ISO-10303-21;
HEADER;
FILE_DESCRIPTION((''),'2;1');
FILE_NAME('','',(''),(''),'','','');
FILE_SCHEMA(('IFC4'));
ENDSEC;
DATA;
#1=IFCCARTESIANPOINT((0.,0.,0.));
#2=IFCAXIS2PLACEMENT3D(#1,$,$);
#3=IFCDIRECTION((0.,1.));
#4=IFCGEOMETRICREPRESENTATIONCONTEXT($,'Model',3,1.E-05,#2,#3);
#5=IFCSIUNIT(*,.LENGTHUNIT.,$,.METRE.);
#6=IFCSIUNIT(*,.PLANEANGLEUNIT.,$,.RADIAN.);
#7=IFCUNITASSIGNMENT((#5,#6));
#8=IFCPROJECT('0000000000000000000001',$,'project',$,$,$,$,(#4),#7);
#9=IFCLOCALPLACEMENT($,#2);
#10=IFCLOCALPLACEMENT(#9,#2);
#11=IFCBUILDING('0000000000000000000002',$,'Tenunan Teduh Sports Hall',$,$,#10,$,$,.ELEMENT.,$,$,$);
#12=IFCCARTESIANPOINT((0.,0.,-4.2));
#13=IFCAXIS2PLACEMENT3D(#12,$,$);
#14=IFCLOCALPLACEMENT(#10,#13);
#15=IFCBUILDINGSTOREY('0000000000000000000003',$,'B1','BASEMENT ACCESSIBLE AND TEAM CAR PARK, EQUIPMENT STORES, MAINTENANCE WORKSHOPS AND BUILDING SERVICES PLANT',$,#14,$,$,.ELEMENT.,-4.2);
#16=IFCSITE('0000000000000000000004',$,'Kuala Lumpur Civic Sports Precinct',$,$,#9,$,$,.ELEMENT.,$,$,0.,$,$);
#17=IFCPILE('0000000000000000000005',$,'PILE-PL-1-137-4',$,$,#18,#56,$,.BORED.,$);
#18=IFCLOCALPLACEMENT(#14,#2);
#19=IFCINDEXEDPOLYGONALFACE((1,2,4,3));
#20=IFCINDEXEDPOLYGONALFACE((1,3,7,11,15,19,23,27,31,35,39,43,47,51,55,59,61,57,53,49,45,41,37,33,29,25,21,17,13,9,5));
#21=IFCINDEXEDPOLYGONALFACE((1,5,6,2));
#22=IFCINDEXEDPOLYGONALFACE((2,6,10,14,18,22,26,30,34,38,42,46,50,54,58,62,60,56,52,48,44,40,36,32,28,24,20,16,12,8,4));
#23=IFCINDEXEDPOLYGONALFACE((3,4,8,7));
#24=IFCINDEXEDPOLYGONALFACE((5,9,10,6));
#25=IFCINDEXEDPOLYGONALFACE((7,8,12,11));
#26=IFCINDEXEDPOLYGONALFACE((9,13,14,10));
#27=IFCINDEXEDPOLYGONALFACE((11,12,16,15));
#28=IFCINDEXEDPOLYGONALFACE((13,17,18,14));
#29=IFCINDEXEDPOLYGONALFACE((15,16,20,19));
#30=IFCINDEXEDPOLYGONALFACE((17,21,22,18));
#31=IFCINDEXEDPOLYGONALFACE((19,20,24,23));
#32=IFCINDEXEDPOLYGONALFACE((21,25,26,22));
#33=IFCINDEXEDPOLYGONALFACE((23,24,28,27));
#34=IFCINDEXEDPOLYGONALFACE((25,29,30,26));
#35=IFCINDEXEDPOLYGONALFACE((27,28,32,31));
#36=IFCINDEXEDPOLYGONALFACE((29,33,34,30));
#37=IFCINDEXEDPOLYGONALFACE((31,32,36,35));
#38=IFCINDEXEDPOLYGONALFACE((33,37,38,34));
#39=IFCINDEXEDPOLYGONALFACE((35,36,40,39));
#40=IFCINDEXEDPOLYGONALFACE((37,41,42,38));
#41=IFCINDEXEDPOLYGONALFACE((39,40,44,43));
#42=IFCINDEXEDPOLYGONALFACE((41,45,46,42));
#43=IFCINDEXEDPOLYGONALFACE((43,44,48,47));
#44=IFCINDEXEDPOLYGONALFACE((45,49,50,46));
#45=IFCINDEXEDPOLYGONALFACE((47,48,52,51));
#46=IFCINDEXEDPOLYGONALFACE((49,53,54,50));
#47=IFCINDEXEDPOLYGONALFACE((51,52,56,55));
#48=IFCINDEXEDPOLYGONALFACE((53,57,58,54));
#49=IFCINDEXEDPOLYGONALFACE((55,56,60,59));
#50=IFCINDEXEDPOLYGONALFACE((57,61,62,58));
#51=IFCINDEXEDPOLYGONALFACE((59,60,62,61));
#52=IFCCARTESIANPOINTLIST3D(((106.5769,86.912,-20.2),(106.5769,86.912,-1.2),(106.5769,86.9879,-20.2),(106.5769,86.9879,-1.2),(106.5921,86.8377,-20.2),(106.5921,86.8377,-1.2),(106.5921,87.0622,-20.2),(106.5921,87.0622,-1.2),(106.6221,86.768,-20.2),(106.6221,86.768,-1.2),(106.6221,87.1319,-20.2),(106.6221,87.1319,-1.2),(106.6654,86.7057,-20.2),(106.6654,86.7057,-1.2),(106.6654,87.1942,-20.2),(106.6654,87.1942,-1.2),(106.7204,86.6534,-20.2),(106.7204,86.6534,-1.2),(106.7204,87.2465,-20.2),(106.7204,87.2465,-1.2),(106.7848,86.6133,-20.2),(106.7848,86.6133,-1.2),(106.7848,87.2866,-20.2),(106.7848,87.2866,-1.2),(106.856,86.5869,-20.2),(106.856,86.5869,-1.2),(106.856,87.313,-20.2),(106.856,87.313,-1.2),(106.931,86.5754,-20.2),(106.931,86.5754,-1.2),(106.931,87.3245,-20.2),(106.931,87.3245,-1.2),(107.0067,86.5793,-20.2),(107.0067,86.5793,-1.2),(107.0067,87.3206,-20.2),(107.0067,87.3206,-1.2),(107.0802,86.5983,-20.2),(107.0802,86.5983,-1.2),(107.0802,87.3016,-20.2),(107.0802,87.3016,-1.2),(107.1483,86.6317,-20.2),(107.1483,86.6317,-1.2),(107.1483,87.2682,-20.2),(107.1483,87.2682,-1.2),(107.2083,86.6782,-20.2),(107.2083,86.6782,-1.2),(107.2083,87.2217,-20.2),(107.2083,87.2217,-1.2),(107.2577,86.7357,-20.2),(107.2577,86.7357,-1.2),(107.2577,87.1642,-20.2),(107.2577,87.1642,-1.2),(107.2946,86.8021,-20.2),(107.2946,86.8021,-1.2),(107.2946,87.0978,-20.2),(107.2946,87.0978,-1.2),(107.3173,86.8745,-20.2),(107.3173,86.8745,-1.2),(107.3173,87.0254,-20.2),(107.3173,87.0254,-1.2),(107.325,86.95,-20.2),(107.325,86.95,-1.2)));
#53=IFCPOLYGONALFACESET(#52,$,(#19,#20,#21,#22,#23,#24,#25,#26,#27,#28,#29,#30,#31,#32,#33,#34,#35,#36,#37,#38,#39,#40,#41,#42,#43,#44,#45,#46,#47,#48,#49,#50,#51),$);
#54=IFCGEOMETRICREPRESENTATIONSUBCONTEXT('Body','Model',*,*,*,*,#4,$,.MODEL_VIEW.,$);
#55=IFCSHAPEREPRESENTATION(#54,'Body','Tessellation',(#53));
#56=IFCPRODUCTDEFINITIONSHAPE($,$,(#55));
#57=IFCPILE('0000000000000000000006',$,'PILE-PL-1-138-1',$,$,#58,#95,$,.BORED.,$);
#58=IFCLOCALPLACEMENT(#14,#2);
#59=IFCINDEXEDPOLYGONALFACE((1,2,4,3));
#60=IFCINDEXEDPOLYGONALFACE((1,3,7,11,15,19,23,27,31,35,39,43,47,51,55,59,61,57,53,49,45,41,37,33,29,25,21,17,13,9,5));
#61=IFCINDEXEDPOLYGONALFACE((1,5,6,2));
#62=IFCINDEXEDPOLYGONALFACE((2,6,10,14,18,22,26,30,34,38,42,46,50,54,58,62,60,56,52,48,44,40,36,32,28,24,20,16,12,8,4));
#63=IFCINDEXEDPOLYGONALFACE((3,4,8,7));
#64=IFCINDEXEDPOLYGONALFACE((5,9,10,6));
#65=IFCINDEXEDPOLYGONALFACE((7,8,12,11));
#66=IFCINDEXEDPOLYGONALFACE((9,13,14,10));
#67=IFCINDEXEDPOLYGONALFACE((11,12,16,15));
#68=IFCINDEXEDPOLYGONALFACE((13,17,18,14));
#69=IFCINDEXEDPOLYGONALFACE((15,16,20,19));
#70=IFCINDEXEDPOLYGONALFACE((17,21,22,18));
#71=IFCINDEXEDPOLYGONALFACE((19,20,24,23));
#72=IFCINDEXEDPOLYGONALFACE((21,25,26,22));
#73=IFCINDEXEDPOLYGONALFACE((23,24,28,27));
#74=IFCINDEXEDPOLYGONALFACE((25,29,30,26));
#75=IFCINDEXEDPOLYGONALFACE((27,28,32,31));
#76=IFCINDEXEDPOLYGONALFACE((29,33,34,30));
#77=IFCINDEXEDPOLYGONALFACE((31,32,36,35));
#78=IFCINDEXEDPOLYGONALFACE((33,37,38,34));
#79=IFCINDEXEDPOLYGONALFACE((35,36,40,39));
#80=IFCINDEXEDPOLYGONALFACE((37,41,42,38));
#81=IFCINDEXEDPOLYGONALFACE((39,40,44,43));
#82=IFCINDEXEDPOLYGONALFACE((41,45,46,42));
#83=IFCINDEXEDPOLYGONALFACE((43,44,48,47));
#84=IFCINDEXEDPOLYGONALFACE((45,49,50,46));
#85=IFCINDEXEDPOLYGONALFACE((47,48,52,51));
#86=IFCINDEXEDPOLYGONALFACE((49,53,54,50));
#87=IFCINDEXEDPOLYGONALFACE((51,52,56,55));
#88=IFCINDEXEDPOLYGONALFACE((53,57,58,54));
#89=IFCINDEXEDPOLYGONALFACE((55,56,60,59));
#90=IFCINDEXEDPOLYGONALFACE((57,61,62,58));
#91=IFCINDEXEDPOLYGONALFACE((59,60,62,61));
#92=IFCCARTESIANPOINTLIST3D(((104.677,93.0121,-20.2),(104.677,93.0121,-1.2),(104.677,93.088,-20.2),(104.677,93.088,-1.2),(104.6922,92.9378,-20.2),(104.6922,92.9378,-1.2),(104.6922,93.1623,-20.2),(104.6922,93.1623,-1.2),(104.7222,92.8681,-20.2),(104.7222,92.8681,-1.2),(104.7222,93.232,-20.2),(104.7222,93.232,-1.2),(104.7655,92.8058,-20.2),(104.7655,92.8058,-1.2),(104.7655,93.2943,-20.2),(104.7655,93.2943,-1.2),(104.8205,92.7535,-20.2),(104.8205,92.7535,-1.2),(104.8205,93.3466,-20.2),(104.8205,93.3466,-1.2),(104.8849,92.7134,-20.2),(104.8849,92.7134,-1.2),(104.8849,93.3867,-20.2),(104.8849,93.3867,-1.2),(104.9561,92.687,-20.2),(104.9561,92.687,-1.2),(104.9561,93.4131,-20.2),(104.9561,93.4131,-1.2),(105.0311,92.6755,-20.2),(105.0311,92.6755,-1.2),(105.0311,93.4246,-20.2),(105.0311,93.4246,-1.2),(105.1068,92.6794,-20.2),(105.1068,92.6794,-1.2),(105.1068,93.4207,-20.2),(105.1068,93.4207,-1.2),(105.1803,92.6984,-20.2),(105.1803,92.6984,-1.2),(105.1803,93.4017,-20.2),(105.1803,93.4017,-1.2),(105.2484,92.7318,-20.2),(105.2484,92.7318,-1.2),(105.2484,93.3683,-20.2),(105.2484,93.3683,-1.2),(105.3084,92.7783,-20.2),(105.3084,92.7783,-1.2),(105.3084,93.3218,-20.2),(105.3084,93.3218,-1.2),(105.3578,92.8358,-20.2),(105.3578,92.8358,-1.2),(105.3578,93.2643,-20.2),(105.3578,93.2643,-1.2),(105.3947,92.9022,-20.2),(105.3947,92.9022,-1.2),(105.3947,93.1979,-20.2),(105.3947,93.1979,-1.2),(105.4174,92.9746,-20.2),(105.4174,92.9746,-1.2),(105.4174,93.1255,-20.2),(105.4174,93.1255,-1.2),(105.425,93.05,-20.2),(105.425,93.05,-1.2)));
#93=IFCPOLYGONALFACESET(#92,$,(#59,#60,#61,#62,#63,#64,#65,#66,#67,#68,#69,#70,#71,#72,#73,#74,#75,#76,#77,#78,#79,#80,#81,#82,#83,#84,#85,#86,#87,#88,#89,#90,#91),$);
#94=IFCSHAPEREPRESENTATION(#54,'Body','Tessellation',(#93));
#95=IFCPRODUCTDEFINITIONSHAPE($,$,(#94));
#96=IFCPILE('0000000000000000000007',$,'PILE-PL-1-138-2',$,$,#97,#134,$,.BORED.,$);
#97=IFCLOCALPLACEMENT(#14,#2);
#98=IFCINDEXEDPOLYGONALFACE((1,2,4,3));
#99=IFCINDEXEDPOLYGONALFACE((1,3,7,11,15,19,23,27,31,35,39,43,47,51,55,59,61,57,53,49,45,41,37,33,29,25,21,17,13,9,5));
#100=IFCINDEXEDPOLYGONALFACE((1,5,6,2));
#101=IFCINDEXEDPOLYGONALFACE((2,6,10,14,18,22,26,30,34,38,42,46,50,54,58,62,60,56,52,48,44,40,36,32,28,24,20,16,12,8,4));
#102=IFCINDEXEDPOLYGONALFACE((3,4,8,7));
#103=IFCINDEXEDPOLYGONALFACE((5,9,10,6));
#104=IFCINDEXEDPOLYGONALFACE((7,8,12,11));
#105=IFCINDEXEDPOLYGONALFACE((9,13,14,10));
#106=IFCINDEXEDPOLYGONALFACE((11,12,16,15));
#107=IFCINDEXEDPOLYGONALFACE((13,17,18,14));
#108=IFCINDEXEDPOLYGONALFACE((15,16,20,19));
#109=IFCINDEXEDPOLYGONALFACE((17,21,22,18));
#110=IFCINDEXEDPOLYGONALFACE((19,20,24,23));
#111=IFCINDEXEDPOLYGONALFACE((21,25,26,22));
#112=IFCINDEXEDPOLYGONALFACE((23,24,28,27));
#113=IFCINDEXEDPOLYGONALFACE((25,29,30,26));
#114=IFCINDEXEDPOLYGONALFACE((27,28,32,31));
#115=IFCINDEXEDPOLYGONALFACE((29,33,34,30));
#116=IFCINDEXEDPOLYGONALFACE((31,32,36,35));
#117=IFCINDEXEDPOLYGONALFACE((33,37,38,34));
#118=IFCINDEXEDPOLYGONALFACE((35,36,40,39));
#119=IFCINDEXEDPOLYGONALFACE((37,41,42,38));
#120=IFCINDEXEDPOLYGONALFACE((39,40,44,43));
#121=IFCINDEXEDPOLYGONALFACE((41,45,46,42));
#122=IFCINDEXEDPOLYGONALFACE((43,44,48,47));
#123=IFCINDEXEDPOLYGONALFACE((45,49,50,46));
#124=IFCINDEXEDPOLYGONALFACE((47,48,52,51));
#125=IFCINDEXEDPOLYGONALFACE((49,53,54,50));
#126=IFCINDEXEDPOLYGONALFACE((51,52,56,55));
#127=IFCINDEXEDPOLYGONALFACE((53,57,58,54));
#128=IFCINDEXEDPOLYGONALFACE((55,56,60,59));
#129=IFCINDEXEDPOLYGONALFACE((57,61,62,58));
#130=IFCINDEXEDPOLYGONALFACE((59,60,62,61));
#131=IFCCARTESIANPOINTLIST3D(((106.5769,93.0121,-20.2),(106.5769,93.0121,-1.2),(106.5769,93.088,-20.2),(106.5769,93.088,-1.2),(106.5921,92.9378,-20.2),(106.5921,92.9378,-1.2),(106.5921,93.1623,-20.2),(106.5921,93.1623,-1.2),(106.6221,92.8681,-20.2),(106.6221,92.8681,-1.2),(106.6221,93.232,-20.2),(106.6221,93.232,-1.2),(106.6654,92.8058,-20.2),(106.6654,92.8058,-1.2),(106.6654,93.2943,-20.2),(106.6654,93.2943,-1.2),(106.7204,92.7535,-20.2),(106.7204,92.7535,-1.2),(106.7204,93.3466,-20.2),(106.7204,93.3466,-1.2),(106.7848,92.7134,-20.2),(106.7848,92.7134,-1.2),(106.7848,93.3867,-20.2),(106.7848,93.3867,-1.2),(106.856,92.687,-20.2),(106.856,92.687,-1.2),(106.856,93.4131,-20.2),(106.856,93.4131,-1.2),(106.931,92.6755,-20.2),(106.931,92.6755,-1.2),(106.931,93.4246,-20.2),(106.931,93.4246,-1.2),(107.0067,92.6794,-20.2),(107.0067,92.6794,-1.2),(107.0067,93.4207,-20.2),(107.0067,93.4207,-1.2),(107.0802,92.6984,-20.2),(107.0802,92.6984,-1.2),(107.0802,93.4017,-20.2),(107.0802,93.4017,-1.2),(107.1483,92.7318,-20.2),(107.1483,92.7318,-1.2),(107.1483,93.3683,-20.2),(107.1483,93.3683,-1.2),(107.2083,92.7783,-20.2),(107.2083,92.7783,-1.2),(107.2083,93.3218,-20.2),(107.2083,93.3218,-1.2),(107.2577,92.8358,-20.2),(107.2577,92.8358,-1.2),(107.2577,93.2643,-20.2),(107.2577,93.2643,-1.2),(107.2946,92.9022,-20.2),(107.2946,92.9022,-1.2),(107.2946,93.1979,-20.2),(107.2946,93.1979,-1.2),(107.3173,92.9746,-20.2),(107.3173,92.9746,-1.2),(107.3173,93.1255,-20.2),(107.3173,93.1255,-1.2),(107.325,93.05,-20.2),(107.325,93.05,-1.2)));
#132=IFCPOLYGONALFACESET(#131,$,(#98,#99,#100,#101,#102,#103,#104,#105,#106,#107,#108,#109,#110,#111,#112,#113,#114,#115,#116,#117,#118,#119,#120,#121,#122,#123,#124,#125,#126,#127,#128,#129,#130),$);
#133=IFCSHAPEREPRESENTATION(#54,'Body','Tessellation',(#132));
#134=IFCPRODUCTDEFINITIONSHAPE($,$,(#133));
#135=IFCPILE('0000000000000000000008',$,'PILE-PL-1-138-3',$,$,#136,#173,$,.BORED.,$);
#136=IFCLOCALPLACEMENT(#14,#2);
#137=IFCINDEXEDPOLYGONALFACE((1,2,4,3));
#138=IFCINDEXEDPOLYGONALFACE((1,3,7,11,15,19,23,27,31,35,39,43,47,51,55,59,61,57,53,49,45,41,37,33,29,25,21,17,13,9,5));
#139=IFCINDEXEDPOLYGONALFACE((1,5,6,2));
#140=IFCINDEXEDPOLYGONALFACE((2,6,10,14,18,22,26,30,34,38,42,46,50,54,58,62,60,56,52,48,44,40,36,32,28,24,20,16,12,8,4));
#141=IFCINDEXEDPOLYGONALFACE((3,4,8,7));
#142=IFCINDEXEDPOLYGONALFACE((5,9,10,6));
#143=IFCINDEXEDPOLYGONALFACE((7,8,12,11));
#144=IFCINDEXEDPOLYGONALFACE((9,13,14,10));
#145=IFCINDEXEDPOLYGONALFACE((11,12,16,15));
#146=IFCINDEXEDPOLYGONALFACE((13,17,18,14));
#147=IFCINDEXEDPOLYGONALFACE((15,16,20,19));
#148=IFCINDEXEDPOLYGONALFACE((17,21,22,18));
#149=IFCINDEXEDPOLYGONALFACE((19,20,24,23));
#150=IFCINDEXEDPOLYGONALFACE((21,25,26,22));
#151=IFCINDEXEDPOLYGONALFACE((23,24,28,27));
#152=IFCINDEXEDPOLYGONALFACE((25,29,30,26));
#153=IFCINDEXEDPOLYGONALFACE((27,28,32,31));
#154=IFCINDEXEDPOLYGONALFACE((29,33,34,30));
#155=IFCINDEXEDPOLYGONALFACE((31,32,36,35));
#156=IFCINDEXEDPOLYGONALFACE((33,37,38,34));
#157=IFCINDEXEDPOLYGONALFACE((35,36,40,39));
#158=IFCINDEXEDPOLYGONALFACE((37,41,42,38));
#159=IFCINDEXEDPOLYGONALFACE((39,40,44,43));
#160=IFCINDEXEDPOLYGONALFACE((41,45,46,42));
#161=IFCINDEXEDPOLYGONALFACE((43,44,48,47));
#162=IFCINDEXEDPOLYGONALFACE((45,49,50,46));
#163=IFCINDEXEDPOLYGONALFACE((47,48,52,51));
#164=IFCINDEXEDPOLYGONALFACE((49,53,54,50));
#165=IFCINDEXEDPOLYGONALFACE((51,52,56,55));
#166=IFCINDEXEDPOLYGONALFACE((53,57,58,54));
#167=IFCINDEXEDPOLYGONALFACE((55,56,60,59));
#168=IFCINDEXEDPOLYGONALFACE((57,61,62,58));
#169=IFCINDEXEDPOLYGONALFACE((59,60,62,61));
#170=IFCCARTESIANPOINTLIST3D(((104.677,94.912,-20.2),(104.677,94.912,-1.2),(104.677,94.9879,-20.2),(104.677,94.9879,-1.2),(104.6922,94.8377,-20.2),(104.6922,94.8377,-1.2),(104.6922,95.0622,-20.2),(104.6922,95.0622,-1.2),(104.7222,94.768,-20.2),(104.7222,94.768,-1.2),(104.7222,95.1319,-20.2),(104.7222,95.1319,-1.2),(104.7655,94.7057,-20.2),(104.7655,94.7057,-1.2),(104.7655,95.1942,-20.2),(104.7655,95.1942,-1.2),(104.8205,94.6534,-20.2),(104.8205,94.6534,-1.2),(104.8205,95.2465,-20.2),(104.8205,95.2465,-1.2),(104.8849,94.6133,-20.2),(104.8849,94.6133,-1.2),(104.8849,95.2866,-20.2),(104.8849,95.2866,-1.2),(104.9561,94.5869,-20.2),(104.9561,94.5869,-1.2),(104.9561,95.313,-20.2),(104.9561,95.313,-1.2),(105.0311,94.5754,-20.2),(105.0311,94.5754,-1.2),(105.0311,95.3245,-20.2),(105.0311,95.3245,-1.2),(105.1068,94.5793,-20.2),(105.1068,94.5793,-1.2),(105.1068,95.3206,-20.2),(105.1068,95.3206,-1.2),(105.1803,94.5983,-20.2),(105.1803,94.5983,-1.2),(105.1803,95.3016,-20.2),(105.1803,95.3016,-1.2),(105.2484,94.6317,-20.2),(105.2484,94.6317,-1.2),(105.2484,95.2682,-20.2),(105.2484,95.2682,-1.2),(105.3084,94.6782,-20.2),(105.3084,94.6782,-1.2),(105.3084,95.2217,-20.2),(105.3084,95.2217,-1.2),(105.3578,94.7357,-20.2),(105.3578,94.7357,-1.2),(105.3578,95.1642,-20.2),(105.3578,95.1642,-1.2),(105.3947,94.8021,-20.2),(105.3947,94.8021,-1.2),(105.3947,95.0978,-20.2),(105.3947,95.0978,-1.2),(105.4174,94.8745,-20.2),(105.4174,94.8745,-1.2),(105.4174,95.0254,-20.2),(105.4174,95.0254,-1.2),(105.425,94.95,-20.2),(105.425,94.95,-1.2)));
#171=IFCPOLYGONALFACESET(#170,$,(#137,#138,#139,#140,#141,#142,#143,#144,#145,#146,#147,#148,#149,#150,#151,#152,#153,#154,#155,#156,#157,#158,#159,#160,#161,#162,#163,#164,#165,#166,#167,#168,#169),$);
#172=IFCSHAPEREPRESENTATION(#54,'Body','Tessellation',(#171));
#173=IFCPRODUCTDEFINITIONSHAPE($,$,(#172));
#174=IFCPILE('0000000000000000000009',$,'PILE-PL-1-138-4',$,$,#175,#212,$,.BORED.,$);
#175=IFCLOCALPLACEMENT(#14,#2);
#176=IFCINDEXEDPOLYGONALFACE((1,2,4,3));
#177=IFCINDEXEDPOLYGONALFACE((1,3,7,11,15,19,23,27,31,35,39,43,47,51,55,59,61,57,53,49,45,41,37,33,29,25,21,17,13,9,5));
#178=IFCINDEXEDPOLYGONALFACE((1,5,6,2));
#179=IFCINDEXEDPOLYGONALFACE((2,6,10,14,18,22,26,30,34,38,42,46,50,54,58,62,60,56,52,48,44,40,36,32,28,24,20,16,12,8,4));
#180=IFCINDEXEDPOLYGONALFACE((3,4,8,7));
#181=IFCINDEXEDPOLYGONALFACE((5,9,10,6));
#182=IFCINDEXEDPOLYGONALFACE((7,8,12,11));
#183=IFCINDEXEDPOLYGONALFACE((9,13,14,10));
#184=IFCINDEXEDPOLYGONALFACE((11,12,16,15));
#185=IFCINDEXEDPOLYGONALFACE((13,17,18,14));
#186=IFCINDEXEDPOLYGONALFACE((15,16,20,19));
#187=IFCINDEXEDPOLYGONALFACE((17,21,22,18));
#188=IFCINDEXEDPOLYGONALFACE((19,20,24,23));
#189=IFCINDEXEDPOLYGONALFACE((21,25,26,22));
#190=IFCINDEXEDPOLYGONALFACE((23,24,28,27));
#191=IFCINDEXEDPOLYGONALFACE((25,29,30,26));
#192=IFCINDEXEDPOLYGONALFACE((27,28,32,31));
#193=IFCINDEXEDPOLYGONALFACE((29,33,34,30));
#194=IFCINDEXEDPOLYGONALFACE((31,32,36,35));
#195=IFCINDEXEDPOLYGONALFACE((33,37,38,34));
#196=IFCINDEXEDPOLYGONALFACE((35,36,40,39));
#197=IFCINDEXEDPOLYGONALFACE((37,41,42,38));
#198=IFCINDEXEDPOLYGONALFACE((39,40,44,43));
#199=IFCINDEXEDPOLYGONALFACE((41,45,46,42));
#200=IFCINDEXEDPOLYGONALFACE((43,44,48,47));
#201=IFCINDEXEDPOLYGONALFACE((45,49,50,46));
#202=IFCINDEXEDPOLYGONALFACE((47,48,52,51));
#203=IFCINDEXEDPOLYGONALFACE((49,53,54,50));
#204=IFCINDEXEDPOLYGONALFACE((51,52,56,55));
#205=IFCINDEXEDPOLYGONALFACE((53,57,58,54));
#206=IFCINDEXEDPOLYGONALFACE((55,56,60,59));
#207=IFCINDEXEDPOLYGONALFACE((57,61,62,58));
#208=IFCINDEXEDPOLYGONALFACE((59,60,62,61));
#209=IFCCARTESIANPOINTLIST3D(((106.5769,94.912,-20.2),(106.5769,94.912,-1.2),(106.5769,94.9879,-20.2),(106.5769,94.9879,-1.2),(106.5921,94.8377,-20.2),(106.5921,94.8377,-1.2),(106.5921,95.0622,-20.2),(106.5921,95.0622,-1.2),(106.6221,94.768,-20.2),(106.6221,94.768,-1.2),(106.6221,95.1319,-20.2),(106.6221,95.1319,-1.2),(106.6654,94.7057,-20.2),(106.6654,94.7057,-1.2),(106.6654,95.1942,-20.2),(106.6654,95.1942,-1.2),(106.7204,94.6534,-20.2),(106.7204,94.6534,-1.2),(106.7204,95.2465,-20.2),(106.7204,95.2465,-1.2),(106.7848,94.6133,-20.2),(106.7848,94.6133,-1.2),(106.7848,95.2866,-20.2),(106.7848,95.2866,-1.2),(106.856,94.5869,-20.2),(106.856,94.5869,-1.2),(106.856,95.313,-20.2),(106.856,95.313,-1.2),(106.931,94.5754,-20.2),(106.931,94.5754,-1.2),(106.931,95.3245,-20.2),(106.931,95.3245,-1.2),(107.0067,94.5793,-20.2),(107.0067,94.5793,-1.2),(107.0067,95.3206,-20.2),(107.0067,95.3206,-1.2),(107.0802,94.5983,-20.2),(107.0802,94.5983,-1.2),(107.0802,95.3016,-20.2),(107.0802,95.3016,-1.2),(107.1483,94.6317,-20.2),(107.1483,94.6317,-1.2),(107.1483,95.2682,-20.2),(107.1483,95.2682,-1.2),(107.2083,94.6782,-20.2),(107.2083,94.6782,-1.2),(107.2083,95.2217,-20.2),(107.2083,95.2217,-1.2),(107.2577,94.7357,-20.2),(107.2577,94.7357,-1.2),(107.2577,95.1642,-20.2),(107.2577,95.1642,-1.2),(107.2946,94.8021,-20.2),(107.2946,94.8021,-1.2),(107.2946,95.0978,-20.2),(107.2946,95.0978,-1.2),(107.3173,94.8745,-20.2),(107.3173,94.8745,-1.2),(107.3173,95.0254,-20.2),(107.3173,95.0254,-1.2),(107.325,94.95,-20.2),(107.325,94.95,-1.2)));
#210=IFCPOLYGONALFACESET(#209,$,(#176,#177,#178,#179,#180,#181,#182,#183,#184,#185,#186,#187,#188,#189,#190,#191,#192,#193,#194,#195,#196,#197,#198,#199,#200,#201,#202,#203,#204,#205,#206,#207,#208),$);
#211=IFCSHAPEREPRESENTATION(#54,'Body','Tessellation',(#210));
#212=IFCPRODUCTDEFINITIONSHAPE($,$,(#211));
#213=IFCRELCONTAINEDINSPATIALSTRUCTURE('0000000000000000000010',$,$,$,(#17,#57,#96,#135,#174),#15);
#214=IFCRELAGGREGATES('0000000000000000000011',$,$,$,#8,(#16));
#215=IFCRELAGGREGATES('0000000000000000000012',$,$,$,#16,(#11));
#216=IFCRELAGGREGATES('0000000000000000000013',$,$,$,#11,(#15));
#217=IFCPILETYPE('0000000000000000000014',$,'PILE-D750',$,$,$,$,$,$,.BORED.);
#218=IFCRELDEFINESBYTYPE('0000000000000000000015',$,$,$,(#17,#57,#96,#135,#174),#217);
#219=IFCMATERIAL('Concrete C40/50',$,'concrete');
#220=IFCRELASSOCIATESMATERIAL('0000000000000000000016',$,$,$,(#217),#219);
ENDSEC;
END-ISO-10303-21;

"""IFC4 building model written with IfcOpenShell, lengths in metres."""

from ifc_helpers import new_model, si_unit, direction, frame, origin, origin_2d, place, context, subcontext, project, spatial, circle, extrude, material, material_profile, profile_set, type_object, element, save


model = new_model("IFC4")

# Units and contexts
model_context = context("Model", 3, precision=1e-05, world=origin(), true_north=direction((0.0, 1.0)))
body_context = subcontext(model_context, "Body", "Model", "MODEL_VIEW")
ifc_project = project(units=[si_unit("LENGTHUNIT", "METRE"), si_unit("PLANEANGLEUNIT", "RADIAN")], contexts=[model_context])

# Site, building, storey
site_placement = place(None, origin())
site = spatial("IfcSite", under=ifc_project, at=site_placement, Name="Kuala Lumpur Civic Sports Precinct", CompositionType="ELEMENT", RefElevation=0.0)
building_placement = place(site_placement, origin())
building = spatial("IfcBuilding", under=site, at=building_placement, Name="Tenunan Teduh Sports Hall", CompositionType="ELEMENT")
storey_placement = place(building_placement, frame((0.0, 0.0, -4.2)))
storey = spatial("IfcBuildingStorey", under=building, at=storey_placement, Name="B1", Description="BASEMENT ACCESSIBLE AND TEAM CAR PARK, EQUIPMENT STORES, MAINTENANCE WORKSHOPS AND BUILDING SERVICES PLANT", CompositionType="ELEMENT", Elevation=-4.2)

# Piles
ifc_material_1 = material(Name="Concrete C40/50", Category="concrete")
ifc_material_profile_1 = material_profile(ifc_material_1, circle(Radius=0.375, at=origin_2d()), Name="PILE D750")
ifc_profile_set_1 = profile_set([ifc_material_profile_1], Name="Concrete C40/50")
pile_type = type_object("IfcPileType", Name="PILE-D750", PredefinedType="BORED", material=ifc_profile_set_1)
for number, where, z_axis, x_axis, name in (
    (1, (106.95, 86.95, -1.2), (0.0, 0.0, -1.0), (1.0, 0.0, 0.0), "PILE-PL-1-137-4"),
    (2, (105.05, 93.05, -1.2), (0.0, 0.0, -1.0), (1.0, 0.0, 0.0), "PILE-PL-1-138-1"),
    (3, (106.95, 93.05, -1.2), (0.0, 0.0, -1.0), (1.0, 0.0, 0.0), "PILE-PL-1-138-2"),
    (4, (105.05, 94.95, -1.2), (0.0, 0.0, -1.0), (1.0, 0.0, 0.0), "PILE-PL-1-138-3"),
    (5, (106.95, 94.95, -1.2), (0.0, 0.0, -1.0), (1.0, 0.0, 0.0), "PILE-PL-1-138-4"),
):
    element("IfcPile", number, at=place(storey_placement, frame(where, z_axis=z_axis, x_axis=x_axis)), inside=storey, type_object=pile_type, Name=name, PredefinedType="BORED", context=body_context, shape_type="SweptSolid", body=[
        extrude(circle(Radius=0.375, at=origin_2d()), origin(), (0.0, 0.0, 1.0), 19.0),
    ])

save(model, "model.ifc")
